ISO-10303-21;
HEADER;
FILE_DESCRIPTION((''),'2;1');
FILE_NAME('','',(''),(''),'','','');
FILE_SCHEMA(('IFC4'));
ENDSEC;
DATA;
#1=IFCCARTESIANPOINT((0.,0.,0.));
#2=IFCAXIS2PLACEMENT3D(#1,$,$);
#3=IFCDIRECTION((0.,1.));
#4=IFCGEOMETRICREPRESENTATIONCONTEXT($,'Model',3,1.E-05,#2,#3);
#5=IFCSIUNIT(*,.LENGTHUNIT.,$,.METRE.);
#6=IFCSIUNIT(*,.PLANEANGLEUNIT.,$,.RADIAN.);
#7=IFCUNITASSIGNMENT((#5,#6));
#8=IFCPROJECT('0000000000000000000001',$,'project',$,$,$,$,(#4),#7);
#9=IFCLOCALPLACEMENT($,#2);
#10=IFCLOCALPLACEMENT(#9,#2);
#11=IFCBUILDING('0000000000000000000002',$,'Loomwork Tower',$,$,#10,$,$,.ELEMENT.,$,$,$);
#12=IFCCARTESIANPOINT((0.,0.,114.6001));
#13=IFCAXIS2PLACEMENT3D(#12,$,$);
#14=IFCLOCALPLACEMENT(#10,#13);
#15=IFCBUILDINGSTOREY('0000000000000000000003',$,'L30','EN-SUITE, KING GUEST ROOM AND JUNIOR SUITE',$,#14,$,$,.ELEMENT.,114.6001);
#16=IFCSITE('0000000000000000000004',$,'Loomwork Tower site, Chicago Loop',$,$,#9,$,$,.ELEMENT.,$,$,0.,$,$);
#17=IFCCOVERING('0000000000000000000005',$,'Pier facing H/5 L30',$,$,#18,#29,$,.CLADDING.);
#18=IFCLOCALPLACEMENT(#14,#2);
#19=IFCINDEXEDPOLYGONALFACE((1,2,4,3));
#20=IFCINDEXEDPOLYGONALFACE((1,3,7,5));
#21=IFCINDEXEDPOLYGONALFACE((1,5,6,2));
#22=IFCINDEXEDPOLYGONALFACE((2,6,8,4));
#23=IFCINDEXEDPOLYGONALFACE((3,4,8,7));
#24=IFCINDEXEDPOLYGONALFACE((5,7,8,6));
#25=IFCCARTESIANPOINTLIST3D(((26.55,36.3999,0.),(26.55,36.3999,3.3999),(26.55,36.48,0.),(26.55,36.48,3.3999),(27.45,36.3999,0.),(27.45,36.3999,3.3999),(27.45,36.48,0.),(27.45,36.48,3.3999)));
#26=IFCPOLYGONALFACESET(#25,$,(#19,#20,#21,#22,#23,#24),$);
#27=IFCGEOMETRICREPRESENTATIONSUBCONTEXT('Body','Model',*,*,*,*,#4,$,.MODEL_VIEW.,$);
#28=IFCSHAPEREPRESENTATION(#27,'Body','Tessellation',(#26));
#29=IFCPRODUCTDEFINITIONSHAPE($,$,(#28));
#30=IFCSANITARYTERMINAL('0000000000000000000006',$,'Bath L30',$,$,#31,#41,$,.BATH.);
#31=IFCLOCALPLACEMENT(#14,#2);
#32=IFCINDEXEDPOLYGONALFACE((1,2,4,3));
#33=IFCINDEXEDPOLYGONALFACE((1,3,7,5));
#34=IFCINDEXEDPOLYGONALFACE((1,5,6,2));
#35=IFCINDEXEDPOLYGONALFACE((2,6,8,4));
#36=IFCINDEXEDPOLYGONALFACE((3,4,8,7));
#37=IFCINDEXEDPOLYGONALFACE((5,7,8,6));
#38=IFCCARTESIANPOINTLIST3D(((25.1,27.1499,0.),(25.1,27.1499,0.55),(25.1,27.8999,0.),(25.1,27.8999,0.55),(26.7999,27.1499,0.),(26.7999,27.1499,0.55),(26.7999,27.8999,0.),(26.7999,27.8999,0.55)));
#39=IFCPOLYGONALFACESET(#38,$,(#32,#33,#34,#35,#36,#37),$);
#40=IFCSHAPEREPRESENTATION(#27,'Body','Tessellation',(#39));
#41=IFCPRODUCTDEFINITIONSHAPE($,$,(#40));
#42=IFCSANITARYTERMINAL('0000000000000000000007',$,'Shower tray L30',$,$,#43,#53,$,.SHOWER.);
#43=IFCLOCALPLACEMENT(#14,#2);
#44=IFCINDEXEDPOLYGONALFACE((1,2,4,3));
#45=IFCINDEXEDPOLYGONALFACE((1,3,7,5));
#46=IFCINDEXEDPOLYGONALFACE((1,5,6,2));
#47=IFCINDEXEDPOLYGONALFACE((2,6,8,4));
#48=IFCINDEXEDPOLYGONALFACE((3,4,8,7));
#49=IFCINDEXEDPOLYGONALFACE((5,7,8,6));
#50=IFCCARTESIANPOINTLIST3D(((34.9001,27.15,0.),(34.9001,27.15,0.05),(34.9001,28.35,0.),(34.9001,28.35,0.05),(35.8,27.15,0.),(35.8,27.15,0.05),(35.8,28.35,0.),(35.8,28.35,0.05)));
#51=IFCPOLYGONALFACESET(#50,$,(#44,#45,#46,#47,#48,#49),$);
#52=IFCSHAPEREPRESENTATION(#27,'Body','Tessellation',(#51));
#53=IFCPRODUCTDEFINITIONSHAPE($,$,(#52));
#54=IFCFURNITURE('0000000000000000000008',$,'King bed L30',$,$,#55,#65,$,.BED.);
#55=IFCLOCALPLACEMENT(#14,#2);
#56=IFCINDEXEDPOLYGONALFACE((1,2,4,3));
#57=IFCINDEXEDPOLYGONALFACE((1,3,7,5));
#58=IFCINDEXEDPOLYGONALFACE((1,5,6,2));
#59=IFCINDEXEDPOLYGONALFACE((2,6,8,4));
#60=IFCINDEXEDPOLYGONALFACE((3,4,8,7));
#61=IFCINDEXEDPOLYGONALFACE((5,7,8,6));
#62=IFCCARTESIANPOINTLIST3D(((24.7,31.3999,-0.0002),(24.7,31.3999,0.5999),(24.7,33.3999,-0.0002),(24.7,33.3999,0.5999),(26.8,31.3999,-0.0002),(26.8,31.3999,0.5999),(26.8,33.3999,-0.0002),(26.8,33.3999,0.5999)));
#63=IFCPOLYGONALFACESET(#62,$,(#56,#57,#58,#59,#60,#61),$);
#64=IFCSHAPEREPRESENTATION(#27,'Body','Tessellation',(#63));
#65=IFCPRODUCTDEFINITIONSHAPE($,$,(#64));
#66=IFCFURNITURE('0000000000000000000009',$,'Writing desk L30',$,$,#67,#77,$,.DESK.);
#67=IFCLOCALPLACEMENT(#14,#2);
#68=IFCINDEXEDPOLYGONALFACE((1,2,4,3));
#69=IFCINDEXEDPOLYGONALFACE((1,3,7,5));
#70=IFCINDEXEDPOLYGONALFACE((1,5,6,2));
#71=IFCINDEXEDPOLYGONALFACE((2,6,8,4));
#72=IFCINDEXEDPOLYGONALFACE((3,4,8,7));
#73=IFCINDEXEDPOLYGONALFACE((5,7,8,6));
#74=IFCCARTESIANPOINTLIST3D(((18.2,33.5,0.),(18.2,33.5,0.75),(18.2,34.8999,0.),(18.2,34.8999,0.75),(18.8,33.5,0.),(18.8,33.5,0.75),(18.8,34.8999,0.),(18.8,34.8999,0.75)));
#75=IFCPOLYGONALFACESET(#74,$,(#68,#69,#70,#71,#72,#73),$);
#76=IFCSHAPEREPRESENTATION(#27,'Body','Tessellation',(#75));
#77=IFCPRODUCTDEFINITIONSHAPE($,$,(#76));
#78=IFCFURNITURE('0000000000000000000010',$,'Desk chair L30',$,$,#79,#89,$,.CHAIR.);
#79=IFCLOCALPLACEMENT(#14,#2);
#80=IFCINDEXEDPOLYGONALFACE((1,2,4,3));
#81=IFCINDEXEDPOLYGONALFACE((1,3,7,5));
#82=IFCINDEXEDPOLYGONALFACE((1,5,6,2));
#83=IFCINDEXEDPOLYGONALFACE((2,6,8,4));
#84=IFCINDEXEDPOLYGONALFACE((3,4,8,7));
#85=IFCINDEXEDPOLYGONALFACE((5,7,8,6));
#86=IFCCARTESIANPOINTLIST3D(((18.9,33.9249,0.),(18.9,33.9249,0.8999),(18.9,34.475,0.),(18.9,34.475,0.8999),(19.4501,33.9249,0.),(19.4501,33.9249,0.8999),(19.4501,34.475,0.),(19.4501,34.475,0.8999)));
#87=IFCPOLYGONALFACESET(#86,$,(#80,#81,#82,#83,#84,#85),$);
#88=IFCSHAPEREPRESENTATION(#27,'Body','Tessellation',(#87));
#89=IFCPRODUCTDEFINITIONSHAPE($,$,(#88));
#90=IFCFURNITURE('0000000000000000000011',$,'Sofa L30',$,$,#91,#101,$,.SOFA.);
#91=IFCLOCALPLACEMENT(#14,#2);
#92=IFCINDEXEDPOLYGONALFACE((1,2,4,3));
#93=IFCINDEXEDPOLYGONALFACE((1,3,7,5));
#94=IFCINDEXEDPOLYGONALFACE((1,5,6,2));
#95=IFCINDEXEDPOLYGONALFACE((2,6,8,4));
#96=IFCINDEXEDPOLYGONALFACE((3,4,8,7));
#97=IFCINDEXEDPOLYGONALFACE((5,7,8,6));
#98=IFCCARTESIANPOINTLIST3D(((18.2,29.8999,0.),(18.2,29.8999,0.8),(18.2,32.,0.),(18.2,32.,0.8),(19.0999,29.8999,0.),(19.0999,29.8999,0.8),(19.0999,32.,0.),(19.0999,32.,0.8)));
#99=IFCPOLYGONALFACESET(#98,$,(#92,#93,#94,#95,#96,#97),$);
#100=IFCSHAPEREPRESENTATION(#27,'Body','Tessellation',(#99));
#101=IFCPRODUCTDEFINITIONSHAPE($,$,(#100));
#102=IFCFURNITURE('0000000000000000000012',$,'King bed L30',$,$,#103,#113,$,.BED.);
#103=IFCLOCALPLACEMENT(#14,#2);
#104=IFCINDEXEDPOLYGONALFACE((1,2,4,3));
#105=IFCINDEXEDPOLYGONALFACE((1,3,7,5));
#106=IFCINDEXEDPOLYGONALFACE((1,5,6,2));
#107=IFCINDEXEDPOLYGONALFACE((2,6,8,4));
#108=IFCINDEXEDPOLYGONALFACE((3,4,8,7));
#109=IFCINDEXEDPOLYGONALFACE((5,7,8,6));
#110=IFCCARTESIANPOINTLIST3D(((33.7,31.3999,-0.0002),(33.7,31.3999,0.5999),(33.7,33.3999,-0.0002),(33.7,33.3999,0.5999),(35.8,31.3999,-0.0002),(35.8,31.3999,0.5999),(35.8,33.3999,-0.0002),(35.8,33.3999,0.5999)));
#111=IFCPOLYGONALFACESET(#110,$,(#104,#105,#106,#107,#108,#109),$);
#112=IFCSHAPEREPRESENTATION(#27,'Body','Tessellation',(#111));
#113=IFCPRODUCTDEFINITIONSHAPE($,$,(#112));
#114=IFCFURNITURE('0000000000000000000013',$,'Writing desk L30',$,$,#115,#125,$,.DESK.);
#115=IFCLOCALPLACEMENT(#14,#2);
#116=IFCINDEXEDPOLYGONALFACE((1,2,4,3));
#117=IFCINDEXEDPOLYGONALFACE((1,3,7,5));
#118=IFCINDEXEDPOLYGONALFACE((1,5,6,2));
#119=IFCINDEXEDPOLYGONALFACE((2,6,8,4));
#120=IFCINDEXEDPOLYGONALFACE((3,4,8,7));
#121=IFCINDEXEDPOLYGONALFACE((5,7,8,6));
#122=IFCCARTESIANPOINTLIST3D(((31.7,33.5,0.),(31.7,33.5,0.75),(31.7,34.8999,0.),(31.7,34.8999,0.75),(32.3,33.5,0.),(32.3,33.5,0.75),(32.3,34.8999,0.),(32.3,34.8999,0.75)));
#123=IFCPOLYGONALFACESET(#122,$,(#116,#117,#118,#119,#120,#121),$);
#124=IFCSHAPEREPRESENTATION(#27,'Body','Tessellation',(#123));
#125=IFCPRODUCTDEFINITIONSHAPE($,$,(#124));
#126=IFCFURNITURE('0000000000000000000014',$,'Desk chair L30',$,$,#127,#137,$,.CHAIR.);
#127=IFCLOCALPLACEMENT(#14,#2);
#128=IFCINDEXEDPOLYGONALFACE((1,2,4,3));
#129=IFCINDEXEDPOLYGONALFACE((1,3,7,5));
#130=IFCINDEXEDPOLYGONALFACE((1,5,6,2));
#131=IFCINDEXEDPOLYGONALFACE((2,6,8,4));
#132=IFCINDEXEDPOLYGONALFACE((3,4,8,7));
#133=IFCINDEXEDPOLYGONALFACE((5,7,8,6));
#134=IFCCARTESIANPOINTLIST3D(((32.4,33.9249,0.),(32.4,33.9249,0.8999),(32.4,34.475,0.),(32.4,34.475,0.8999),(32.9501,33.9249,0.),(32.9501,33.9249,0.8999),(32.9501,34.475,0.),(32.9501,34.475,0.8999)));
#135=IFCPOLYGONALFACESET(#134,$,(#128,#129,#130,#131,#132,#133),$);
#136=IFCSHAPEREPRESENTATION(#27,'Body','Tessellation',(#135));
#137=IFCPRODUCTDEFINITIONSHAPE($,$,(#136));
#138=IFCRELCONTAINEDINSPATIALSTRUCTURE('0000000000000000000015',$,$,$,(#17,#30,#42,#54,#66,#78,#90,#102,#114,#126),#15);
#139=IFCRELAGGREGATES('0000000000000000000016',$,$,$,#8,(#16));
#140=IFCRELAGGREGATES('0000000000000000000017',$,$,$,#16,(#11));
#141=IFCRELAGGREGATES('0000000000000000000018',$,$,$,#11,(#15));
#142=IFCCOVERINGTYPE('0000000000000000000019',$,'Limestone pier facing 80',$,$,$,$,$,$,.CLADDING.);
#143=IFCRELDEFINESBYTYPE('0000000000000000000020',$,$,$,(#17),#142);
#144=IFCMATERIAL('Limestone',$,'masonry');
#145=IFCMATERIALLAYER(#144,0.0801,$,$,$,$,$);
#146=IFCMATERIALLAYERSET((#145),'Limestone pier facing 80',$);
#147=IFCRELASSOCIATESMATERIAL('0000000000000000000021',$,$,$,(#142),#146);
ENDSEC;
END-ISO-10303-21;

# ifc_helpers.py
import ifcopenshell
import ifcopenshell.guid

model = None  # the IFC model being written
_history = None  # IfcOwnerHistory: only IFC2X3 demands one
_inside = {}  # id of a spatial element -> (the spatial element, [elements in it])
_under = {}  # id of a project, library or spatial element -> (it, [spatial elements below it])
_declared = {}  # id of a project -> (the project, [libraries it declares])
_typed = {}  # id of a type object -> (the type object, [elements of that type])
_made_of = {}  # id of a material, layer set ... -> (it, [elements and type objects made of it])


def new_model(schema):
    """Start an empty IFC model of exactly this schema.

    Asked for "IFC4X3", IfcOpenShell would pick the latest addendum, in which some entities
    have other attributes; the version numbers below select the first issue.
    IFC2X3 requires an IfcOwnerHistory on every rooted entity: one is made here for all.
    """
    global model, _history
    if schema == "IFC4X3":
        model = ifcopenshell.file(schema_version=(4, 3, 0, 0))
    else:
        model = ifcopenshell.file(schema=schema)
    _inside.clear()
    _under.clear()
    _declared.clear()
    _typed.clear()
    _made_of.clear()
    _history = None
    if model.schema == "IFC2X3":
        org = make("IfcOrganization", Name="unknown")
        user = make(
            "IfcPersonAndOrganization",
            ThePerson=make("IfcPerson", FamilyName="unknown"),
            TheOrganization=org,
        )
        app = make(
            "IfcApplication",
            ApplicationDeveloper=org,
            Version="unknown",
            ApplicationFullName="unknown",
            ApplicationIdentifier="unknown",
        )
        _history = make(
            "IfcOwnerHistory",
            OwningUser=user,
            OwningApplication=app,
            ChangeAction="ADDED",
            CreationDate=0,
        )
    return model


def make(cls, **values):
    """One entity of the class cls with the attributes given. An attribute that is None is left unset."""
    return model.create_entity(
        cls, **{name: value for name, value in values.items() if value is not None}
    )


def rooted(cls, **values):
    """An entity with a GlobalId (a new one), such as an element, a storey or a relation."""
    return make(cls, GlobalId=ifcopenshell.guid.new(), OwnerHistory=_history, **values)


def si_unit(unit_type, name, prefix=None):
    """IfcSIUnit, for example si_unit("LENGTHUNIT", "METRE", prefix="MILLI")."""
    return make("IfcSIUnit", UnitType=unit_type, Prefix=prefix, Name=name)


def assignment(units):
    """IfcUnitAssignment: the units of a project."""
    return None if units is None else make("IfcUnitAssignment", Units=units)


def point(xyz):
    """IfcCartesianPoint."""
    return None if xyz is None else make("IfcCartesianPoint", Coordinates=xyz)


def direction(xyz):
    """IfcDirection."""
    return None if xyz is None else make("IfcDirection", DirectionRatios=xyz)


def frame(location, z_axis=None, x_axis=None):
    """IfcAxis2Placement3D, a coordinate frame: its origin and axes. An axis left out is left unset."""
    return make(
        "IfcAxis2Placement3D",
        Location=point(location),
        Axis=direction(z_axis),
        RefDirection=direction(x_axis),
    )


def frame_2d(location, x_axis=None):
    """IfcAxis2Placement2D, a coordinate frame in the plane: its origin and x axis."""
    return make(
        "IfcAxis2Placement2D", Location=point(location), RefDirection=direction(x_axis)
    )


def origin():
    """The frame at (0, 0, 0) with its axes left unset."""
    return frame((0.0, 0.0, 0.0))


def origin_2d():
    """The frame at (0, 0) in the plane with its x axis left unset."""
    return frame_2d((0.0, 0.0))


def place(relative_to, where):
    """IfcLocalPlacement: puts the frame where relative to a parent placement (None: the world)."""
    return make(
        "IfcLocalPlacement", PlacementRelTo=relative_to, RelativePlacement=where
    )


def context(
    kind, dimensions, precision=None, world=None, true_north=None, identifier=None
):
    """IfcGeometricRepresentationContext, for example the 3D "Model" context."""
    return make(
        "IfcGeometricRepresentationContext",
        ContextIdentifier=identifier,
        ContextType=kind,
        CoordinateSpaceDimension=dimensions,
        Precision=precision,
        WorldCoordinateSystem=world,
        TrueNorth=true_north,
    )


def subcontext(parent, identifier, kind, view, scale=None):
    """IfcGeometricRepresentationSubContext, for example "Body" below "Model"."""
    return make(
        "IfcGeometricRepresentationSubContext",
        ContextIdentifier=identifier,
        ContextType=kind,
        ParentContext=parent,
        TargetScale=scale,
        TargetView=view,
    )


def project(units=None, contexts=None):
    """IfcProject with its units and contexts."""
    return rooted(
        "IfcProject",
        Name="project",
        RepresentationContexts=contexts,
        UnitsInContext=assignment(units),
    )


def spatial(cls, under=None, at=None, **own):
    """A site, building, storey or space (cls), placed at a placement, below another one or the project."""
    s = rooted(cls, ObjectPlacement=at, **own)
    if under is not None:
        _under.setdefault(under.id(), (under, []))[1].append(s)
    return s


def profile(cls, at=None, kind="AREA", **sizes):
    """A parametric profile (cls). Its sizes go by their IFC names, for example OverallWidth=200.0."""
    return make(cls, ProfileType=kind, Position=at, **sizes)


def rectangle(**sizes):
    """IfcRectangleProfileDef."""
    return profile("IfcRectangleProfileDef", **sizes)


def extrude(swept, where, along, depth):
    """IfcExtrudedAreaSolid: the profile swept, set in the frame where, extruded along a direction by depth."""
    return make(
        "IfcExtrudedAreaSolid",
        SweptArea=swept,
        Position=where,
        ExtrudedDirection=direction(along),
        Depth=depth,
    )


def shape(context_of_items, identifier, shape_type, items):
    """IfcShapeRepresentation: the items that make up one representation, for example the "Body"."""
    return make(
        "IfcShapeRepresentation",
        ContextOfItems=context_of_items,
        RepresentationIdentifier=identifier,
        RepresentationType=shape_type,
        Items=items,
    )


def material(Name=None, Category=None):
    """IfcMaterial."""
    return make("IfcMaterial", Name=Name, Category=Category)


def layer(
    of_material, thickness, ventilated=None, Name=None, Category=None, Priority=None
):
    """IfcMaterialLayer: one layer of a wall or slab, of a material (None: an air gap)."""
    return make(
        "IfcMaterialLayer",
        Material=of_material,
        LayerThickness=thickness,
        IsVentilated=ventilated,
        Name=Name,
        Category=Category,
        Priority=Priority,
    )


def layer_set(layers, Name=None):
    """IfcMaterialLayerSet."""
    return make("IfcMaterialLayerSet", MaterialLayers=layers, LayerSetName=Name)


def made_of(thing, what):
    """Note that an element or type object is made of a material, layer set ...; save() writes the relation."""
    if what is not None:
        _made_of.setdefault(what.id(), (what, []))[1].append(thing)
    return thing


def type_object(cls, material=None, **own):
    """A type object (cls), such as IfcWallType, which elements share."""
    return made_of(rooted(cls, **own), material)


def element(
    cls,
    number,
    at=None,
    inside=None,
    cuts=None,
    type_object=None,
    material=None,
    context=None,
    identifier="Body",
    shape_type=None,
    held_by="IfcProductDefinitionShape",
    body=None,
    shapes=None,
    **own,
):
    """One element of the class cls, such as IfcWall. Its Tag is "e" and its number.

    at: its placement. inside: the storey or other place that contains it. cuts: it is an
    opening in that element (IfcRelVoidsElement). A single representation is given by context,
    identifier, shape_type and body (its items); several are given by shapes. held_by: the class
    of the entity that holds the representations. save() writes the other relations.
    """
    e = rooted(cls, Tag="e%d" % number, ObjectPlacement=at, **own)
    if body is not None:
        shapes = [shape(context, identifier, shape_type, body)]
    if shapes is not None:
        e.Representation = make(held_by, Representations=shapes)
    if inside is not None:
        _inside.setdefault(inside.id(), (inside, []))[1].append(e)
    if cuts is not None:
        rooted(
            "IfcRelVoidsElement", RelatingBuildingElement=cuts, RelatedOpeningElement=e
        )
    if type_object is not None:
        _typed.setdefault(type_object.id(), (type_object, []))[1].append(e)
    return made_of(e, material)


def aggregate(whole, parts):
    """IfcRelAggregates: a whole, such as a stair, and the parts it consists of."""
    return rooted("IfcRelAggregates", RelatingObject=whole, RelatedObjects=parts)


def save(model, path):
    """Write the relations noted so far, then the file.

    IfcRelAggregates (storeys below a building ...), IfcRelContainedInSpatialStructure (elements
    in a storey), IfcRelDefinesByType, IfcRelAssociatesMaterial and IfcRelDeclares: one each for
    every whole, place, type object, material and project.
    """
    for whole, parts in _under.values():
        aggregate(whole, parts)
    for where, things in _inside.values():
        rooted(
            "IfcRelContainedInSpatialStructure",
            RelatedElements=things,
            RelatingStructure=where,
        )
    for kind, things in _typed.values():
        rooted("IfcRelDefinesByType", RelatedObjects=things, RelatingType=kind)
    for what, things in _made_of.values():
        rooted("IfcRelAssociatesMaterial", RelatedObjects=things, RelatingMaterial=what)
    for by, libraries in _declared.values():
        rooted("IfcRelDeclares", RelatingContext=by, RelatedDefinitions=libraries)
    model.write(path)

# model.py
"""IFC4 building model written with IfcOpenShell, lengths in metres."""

from ifc_helpers import new_model, si_unit, direction, frame, origin, origin_2d, place, context, subcontext, project, spatial, rectangle, extrude, material, layer, layer_set, type_object, element, save


model = new_model("IFC4")

# Units and contexts
model_context = context("Model", 3, precision=1e-05, world=origin(), true_north=direction((0.0, 1.0)))
body_context = subcontext(model_context, "Body", "Model", "MODEL_VIEW")
ifc_project = project(units=[si_unit("LENGTHUNIT", "METRE"), si_unit("PLANEANGLEUNIT", "RADIAN")], contexts=[model_context])

# Site, building, storey
site_placement = place(None, origin())
site = spatial("IfcSite", under=ifc_project, at=site_placement, Name="Loomwork Tower site, Chicago Loop", CompositionType="ELEMENT", RefElevation=0.0)
building_placement = place(site_placement, origin())
building = spatial("IfcBuilding", under=site, at=building_placement, Name="Loomwork Tower", CompositionType="ELEMENT")
storey_placement = place(building_placement, frame((0.0, 0.0, 114.6001)))
storey = spatial("IfcBuildingStorey", under=building, at=storey_placement, Name="L30", Description="EN-SUITE, KING GUEST ROOM AND JUNIOR SUITE", CompositionType="ELEMENT", Elevation=114.6001)

# Covering
ifc_material_1 = material(Name="Limestone", Category="masonry")
ifc_layer_1 = layer(ifc_material_1, 0.0801)
ifc_layer_set_1 = layer_set([ifc_layer_1], Name="Limestone pier facing 80")
covering_type = type_object("IfcCoveringType", Name="Limestone pier facing 80", PredefinedType="CLADDING", material=ifc_layer_set_1)
covering_placement = place(storey_placement, frame((27.0, 36.4399, 0.0), z_axis=(0.0, 0.0, 1.0), x_axis=(1.0, 0.0, 0.0)))
element("IfcCovering", 1, at=covering_placement, inside=storey, type_object=covering_type, Name="Pier facing H/5 L30", PredefinedType="CLADDING", context=body_context, shape_type="SweptSolid", body=[
    extrude(rectangle(XDim=0.8999, YDim=0.0801, at=origin_2d()), origin(), (0.0, 0.0, 1.0), 3.3999),
])

# Sanitary terminals
sanitary_terminal_1_placement = place(storey_placement, frame((25.95, 27.5249, 0.0), z_axis=(0.0, 0.0, 1.0), x_axis=(1.0, 0.0, 0.0)))
element("IfcSanitaryTerminal", 2, at=sanitary_terminal_1_placement, inside=storey, Name="Bath L30", PredefinedType="BATH", context=body_context, shape_type="SweptSolid", body=[
    extrude(rectangle(XDim=1.7, YDim=0.75, at=origin_2d()), origin(), (0.0, 0.0, 1.0), 0.55),
])
sanitary_terminal_2_placement = place(storey_placement, frame((35.3501, 27.75, 0.0), z_axis=(0.0, 0.0, 1.0), x_axis=(1.0, 0.0, 0.0)))
element("IfcSanitaryTerminal", 3, at=sanitary_terminal_2_placement, inside=storey, Name="Shower tray L30", PredefinedType="SHOWER", context=body_context, shape_type="SweptSolid", body=[
    extrude(rectangle(XDim=0.8999, YDim=1.2, at=origin_2d()), origin(), (0.0, 0.0, 1.0), 0.05),
])

# Furniture
furniture_1_placement = place(storey_placement, frame((25.75, 32.3999, -0.0002), z_axis=(0.0, 0.0, 1.0), x_axis=(1.0, 0.0, 0.0)))
element("IfcFurniture", 4, at=furniture_1_placement, inside=storey, Name="King bed L30", PredefinedType="BED", context=body_context, shape_type="SweptSolid", body=[
    extrude(rectangle(XDim=2.1001, YDim=2.0, at=origin_2d()), origin(), (0.0, 0.0, 1.0), 0.6001),
])
furniture_2_placement = place(storey_placement, frame((18.5, 34.2, 0.0), z_axis=(0.0, 0.0, 1.0), x_axis=(1.0, 0.0, 0.0)))
element("IfcFurniture", 5, at=furniture_2_placement, inside=storey, Name="Writing desk L30", PredefinedType="DESK", context=body_context, shape_type="SweptSolid", body=[
    extrude(rectangle(XDim=0.6001, YDim=1.3999, at=origin_2d()), origin(), (0.0, 0.0, 1.0), 0.75),
])
furniture_3_placement = place(storey_placement, frame((19.175, 34.2, 0.0), z_axis=(0.0, 0.0, 1.0), x_axis=(1.0, 0.0, 0.0)))
element("IfcFurniture", 6, at=furniture_3_placement, inside=storey, Name="Desk chair L30", PredefinedType="CHAIR", context=body_context, shape_type="SweptSolid", body=[
    extrude(rectangle(XDim=0.55, YDim=0.55, at=origin_2d()), origin(), (0.0, 0.0, 1.0), 0.8999),
])
furniture_4_placement = place(storey_placement, frame((18.6499, 30.95, 0.0), z_axis=(0.0, 0.0, 1.0), x_axis=(1.0, 0.0, 0.0)))
element("IfcFurniture", 7, at=furniture_4_placement, inside=storey, Name="Sofa L30", PredefinedType="SOFA", context=body_context, shape_type="SweptSolid", body=[
    extrude(rectangle(XDim=0.8999, YDim=2.1001, at=origin_2d()), origin(), (0.0, 0.0, 1.0), 0.8),
])
furniture_5_placement = place(storey_placement, frame((34.75, 32.3999, -0.0002), z_axis=(0.0, 0.0, 1.0), x_axis=(1.0, 0.0, 0.0)))
element("IfcFurniture", 8, at=furniture_5_placement, inside=storey, Name="King bed L30", PredefinedType="BED", context=body_context, shape_type="SweptSolid", body=[
    extrude(rectangle(XDim=2.1001, YDim=2.0, at=origin_2d()), origin(), (0.0, 0.0, 1.0), 0.6001),
])
furniture_6_placement = place(storey_placement, frame((32.0, 34.2, 0.0), z_axis=(0.0, 0.0, 1.0), x_axis=(1.0, 0.0, 0.0)))
element("IfcFurniture", 9, at=furniture_6_placement, inside=storey, Name="Writing desk L30", PredefinedType="DESK", context=body_context, shape_type="SweptSolid", body=[
    extrude(rectangle(XDim=0.6001, YDim=1.3999, at=origin_2d()), origin(), (0.0, 0.0, 1.0), 0.75),
])
furniture_7_placement = place(storey_placement, frame((32.675, 34.2, 0.0), z_axis=(0.0, 0.0, 1.0), x_axis=(1.0, 0.0, 0.0)))
element("IfcFurniture", 10, at=furniture_7_placement, inside=storey, Name="Desk chair L30", PredefinedType="CHAIR", context=body_context, shape_type="SweptSolid", body=[
    extrude(rectangle(XDim=0.55, YDim=0.55, at=origin_2d()), origin(), (0.0, 0.0, 1.0), 0.8999),
])

save(model, "model.ifc")
